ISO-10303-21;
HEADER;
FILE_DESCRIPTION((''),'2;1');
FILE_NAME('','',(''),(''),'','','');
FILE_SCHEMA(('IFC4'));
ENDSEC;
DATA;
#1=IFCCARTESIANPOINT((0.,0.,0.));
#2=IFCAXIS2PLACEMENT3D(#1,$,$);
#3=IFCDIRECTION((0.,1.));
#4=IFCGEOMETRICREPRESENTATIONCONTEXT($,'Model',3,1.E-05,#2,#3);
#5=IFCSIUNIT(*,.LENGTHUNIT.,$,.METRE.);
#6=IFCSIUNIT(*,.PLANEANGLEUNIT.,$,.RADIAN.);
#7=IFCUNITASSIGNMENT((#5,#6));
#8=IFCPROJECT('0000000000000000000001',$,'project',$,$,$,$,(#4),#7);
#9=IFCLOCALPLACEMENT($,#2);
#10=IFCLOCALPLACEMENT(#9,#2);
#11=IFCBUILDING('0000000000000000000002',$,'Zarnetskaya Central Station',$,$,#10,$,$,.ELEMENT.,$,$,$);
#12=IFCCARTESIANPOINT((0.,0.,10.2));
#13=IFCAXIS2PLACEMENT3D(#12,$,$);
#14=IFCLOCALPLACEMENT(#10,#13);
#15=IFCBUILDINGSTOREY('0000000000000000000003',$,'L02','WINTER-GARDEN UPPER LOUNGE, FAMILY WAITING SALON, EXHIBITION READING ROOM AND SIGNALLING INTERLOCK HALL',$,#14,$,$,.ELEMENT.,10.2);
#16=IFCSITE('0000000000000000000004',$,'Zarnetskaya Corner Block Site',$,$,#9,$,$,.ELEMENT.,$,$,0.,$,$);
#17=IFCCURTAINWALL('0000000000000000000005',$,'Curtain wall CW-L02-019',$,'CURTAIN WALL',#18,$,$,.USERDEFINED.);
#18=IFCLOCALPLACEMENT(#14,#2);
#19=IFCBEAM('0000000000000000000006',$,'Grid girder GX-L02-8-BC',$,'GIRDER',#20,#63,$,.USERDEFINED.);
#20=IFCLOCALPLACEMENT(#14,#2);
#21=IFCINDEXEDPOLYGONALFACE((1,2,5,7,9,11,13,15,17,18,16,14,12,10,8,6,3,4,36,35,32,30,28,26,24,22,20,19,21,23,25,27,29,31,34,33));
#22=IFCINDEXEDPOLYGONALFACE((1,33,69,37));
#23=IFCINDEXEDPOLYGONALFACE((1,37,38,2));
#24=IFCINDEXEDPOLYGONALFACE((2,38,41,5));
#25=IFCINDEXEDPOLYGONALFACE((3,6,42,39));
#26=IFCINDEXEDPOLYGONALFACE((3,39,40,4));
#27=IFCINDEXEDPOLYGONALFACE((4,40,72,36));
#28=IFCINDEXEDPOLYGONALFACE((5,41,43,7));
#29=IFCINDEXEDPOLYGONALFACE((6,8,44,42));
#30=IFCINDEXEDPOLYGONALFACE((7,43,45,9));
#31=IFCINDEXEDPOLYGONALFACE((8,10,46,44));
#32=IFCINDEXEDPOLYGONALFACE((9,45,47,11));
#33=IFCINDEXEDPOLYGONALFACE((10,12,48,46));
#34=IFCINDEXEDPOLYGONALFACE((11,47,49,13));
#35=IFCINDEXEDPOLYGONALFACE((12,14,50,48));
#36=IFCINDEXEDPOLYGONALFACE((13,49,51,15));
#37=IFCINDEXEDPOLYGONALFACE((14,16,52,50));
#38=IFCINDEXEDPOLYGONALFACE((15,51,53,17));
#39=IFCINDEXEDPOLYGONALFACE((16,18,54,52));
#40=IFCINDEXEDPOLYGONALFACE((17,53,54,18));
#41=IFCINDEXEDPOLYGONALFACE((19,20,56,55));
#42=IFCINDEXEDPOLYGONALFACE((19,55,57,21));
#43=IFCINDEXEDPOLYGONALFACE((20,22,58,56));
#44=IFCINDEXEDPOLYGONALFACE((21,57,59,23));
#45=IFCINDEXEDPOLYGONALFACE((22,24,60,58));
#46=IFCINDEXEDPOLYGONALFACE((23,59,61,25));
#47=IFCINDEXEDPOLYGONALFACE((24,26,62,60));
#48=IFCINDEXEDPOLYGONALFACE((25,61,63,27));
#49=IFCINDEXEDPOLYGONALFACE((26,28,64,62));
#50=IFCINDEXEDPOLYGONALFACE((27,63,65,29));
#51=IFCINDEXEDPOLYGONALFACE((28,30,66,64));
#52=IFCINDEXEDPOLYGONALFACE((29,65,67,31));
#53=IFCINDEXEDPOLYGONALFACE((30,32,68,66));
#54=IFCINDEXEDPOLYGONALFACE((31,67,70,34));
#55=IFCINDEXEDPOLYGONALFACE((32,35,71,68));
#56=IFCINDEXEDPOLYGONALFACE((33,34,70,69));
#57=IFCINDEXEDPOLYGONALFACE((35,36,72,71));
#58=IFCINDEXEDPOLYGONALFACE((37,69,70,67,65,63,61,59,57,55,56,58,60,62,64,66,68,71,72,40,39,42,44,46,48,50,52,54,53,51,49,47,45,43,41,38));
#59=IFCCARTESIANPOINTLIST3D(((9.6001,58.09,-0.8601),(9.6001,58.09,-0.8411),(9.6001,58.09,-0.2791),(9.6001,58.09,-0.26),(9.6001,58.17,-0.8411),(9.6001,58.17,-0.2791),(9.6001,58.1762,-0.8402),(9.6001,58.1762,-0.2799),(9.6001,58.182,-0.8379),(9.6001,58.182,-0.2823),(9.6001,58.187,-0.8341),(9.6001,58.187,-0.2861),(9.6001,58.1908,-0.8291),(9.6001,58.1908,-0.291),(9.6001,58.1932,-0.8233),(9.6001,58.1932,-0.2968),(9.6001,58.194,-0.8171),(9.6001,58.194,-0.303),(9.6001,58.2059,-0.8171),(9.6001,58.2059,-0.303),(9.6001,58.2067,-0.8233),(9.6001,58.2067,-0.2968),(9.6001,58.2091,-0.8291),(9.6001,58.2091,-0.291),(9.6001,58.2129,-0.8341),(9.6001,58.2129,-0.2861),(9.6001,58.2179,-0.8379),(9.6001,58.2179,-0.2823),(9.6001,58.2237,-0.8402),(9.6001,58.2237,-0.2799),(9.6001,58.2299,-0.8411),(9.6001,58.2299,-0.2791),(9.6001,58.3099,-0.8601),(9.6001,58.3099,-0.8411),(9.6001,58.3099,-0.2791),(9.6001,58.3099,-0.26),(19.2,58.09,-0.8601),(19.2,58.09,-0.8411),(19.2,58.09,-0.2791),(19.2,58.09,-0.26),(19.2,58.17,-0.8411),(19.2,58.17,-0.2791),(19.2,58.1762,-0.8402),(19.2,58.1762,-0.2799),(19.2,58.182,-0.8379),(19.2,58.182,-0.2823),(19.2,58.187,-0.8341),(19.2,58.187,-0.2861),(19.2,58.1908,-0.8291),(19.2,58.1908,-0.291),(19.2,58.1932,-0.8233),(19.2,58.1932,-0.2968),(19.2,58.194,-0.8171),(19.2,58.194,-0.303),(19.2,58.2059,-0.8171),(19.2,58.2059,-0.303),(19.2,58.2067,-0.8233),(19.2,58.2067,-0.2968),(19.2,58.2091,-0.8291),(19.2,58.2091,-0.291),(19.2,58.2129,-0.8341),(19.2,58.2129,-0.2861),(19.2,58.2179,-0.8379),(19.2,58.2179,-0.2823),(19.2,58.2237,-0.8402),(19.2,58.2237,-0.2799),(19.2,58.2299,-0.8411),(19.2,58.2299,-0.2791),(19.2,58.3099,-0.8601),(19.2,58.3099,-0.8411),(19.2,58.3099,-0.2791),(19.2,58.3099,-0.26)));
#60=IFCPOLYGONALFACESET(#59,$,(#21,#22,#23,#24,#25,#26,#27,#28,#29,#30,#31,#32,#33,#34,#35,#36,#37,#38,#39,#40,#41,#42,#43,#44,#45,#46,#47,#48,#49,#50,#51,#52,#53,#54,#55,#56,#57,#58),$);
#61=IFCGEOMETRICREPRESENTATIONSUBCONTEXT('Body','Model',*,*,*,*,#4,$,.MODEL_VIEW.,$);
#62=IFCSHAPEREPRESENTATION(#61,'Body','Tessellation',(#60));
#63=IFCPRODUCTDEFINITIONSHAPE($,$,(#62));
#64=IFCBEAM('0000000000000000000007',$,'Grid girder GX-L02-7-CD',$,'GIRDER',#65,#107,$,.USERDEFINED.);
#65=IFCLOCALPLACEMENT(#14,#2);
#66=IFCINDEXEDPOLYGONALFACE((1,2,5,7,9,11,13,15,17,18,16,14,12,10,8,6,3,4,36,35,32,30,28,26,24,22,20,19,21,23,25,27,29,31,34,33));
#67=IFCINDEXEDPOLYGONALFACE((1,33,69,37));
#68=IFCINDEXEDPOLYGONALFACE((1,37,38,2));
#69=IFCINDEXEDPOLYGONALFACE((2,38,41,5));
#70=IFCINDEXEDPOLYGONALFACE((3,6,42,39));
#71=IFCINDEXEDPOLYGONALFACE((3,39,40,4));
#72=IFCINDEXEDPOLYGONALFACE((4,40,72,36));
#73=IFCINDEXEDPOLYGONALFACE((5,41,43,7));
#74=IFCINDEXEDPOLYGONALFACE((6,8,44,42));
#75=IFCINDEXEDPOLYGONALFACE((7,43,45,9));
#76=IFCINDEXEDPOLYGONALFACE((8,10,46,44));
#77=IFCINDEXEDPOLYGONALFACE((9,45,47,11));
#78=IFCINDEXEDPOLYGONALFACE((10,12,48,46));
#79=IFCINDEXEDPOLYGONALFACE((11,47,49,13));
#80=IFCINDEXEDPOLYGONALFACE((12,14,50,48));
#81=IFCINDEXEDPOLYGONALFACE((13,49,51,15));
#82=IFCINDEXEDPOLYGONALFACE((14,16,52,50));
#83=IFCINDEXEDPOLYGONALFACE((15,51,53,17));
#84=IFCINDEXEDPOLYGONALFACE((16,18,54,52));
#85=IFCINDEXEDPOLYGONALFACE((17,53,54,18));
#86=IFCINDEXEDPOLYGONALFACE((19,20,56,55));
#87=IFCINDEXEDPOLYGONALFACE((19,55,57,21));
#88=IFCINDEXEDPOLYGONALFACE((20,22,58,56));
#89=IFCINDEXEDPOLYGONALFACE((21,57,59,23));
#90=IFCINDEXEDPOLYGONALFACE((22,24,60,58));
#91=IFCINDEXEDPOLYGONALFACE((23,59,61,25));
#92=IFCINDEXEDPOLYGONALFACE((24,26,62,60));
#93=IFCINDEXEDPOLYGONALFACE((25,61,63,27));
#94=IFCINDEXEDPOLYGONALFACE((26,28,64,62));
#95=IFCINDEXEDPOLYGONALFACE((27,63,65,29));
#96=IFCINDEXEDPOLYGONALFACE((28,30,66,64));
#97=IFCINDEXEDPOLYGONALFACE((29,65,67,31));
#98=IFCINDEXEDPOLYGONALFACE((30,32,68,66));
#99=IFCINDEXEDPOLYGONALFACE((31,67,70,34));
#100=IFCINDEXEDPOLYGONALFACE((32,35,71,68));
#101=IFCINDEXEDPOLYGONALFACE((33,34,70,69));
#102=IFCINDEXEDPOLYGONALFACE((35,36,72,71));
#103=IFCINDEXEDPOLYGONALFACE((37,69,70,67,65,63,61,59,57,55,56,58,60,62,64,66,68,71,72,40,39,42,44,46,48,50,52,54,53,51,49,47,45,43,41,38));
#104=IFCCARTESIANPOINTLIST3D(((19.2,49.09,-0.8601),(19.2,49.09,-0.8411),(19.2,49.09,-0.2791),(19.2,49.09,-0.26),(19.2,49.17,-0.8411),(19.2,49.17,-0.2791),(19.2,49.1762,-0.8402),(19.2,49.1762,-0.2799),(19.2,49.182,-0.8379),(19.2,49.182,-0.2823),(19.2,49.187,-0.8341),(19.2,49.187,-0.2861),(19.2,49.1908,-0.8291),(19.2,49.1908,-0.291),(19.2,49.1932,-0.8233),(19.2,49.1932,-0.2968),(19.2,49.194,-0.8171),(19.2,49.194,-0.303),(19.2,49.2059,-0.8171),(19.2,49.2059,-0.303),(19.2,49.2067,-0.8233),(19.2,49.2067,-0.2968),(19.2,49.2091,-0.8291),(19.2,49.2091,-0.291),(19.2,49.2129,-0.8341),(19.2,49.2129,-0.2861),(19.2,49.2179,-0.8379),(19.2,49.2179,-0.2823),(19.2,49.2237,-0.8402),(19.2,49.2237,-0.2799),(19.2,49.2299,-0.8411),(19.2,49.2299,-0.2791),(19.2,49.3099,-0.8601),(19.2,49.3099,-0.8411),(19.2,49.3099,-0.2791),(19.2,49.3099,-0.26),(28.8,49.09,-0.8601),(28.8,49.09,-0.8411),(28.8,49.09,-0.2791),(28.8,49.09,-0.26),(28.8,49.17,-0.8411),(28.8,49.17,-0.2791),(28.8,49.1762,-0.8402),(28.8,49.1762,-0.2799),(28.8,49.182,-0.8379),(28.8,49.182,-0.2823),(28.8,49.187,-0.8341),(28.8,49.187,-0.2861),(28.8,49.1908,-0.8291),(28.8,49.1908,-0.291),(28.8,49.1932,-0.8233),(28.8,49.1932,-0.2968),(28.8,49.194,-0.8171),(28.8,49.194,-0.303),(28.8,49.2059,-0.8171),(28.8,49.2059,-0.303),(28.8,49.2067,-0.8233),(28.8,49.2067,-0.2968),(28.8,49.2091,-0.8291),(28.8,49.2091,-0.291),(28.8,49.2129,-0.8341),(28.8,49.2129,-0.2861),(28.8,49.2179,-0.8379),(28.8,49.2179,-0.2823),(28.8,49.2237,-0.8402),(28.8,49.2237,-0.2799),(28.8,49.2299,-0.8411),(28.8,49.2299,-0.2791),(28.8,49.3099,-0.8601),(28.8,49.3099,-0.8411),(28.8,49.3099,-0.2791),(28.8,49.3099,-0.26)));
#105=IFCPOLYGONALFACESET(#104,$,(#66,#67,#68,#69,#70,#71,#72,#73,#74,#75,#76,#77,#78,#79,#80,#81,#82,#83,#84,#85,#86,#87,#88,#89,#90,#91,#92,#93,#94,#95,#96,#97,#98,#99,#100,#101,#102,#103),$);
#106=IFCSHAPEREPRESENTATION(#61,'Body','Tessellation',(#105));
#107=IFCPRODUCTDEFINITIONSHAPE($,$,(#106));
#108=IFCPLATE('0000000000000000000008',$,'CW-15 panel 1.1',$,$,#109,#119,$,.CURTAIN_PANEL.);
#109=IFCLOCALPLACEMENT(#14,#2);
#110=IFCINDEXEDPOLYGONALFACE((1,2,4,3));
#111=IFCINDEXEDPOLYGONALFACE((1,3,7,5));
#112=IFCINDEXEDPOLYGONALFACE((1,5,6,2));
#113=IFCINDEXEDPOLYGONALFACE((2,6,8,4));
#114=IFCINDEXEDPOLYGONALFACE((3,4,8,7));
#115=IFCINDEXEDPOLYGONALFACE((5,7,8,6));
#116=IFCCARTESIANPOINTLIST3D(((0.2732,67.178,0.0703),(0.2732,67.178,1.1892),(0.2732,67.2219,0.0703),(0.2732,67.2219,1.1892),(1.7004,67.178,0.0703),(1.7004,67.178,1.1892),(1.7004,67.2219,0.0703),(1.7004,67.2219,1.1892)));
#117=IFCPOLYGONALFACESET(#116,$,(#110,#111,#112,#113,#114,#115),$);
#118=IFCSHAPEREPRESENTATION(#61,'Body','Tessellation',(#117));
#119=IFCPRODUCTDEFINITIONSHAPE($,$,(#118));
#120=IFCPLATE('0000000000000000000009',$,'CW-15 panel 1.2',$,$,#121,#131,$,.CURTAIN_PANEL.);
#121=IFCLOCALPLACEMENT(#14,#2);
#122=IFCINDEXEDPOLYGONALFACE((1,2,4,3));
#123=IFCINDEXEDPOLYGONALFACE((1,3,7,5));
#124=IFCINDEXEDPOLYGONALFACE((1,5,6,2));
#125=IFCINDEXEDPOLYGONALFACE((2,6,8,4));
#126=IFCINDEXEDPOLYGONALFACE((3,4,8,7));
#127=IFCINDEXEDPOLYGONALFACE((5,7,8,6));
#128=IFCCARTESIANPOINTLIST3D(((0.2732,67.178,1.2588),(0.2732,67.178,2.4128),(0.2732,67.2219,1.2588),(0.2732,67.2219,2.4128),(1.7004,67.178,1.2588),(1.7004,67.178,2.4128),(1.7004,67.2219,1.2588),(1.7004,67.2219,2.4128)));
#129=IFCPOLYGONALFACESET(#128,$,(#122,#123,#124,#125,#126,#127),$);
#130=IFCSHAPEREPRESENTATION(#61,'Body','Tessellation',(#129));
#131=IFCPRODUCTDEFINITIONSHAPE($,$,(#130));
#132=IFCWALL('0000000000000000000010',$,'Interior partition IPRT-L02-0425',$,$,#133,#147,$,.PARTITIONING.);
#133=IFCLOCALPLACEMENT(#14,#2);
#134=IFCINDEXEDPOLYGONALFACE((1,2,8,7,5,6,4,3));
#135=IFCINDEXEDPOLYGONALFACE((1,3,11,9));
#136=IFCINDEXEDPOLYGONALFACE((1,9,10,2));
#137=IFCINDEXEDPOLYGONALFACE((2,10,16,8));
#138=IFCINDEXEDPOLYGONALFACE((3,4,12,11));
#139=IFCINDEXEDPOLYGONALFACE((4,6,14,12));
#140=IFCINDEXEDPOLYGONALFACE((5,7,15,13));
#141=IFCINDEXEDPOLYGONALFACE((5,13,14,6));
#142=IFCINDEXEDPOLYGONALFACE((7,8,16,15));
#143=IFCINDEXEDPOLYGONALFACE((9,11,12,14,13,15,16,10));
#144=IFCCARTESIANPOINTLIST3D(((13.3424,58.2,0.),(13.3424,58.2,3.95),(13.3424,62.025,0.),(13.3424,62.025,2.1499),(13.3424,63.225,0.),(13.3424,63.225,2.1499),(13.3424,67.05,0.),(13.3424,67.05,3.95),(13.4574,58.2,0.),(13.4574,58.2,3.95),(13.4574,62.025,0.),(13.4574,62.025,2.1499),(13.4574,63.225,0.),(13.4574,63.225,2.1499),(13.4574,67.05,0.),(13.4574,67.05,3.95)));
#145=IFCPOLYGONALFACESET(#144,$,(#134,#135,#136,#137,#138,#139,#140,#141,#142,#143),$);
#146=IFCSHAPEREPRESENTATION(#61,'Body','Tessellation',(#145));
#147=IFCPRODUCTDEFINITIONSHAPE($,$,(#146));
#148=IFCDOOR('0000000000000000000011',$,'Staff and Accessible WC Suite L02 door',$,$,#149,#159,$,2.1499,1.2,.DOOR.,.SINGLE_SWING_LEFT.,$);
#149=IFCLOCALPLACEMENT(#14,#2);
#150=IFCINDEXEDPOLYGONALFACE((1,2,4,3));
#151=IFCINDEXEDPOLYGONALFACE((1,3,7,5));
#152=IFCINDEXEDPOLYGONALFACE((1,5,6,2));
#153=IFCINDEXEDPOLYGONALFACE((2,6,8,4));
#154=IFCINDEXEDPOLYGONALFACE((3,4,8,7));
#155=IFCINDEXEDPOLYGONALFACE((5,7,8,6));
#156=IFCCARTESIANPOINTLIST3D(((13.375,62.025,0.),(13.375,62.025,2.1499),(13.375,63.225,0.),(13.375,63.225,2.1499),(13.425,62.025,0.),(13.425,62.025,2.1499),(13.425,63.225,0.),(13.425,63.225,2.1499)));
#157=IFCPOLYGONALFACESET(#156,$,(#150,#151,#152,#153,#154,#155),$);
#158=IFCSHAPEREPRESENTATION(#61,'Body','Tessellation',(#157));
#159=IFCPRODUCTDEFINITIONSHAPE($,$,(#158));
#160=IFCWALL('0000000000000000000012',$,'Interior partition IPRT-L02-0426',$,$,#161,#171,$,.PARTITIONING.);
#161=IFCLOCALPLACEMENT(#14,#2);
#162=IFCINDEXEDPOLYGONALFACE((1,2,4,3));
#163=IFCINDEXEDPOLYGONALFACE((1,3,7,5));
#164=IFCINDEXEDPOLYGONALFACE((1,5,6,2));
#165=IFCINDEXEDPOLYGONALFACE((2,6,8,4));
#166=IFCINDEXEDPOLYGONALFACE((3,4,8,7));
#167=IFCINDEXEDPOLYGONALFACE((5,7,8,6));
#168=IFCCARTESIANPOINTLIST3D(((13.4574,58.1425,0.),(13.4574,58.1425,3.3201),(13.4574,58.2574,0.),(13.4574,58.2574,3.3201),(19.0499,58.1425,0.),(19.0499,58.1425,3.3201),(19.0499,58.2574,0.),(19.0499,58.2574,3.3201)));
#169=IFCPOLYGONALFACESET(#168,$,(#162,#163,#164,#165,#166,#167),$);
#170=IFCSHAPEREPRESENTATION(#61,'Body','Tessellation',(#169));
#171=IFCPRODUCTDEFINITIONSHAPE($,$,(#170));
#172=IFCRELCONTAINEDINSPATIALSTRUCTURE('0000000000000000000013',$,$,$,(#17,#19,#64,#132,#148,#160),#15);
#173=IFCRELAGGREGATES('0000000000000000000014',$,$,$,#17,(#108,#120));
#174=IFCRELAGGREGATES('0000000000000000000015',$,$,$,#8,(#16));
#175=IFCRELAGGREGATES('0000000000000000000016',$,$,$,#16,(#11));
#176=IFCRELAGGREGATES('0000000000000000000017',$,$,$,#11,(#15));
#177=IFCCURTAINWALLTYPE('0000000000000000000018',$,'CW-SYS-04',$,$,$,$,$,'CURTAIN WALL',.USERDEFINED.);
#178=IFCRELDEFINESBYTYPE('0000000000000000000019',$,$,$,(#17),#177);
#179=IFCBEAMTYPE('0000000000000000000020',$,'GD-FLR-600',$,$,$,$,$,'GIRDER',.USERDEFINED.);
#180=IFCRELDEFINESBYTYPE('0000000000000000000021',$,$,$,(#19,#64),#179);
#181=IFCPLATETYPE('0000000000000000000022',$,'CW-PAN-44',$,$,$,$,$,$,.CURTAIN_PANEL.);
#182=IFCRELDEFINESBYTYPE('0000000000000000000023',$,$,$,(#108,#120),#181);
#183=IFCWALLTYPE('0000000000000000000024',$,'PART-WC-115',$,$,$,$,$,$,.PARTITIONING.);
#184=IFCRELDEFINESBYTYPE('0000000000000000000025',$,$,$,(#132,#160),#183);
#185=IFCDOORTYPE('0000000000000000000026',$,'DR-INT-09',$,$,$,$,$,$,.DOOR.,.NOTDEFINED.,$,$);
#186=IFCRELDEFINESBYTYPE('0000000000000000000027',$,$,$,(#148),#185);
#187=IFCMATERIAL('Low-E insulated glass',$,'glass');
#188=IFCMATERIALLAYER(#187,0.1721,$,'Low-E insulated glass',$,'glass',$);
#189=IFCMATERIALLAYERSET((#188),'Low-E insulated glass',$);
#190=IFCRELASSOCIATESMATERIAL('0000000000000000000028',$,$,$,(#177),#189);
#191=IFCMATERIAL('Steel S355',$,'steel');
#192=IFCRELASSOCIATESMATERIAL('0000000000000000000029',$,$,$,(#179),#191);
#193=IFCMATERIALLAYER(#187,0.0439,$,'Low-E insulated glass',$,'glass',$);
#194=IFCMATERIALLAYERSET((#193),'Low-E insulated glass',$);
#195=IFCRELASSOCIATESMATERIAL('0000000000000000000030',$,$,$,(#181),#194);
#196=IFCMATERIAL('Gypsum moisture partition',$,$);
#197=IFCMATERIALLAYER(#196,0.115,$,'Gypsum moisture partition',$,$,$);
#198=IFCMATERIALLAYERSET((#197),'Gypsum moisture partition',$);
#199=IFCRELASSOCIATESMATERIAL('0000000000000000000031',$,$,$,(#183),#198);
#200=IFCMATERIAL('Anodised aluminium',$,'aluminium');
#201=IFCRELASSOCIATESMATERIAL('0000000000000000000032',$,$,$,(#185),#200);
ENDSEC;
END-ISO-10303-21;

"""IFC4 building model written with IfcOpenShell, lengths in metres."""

from ifc_helpers import new_model, si_unit, direction, frame, frame_2d, origin, origin_2d, place, context, subcontext, project, spatial, rectangle, i_section, extrude, material, layer, layer_set, material_profile, profile_set, type_object, element, fill, aggregate, save


model = new_model("IFC4")

# Units and contexts
model_context = context("Model", 3, precision=1e-05, world=origin(), true_north=direction((0.0, 1.0)))
body_context = subcontext(model_context, "Body", "Model", "MODEL_VIEW")
ifc_project = project(units=[si_unit("LENGTHUNIT", "METRE"), si_unit("PLANEANGLEUNIT", "RADIAN")], contexts=[model_context])

# Site, building, storey
site_placement = place(None, origin())
site = spatial("IfcSite", under=ifc_project, at=site_placement, Name="Zarnetskaya Corner Block Site", CompositionType="ELEMENT", RefElevation=0.0)
building_placement = place(site_placement, origin())
building = spatial("IfcBuilding", under=site, at=building_placement, Name="Zarnetskaya Central Station", CompositionType="ELEMENT")
storey_placement = place(building_placement, frame((0.0, 0.0, 10.2)))
storey = spatial("IfcBuildingStorey", under=building, at=storey_placement, Name="L02", Description="WINTER-GARDEN UPPER LOUNGE, FAMILY WAITING SALON, EXHIBITION READING ROOM AND SIGNALLING INTERLOCK HALL", CompositionType="ELEMENT", Elevation=10.2)

# Shared definitions
ifc_material_1 = material(Name="Steel S355", Category="steel")

# Curtain wall
ifc_material_2 = material(Name="Low-E insulated glass", Category="glass")
ifc_layer_1 = layer(ifc_material_2, 0.1721, Name="Low-E insulated glass", Category="glass")
ifc_layer_set_1 = layer_set([ifc_layer_1], Name="Low-E insulated glass")
curtain_wall_type = type_object("IfcCurtainWallType", Name="CW-SYS-04", ElementType="CURTAIN WALL", PredefinedType="USERDEFINED", material=ifc_layer_set_1)
curtain_wall_placement = place(storey_placement, origin())
curtain_wall = element("IfcCurtainWall", 1, at=curtain_wall_placement, inside=storey, type_object=curtain_wall_type, Name="Curtain wall CW-L02-019", ObjectType="CURTAIN WALL", PredefinedType="USERDEFINED")
ifc_material_3 = material(Name="Anodised aluminium", Category="aluminium")

# Beams
ifc_material_profile_1 = material_profile(ifc_material_1, i_section(OverallWidth=0.22, OverallDepth=0.6001, WebThickness=0.012, FlangeThickness=0.019, FilletRadius=0.0239, at=origin_2d()), Name="IPE 600")
ifc_profile_set_1 = profile_set([ifc_material_profile_1], Name="Steel S355")
beam_type_1 = type_object("IfcBeamType", Name="GD-FLR-600", ElementType="GIRDER", PredefinedType="USERDEFINED", material=ifc_profile_set_1)
for number, where, z_axis, x_axis, name in (
    (2, (9.6001, 58.2, -0.5601), (1.0, 0.0, 0.0), (0.0, 1.0, 0.0), "Grid girder GX-L02-8-BC"),
):
    element("IfcBeam", number, at=place(storey_placement, frame(where, z_axis=z_axis, x_axis=x_axis)), inside=storey, type_object=beam_type_1, Name=name, ObjectType="GIRDER", PredefinedType="USERDEFINED", context=body_context, shape_type="SweptSolid", body=[
        extrude(i_section(OverallWidth=0.22, OverallDepth=0.6001, WebThickness=0.012, FlangeThickness=0.019, FilletRadius=0.0239, at=origin_2d()), origin(), (0.0, 0.0, 1.0), 9.5999),
    ])
beam_placement = place(storey_placement, frame((19.2, 49.2, -0.5601), z_axis=(1.0, 0.0, 0.0), x_axis=(0.0, 1.0, 0.0)))
element("IfcBeam", 3, at=beam_placement, inside=storey, type_object=beam_type_1, Name="Grid girder GX-L02-7-CD", ObjectType="GIRDER", PredefinedType="USERDEFINED", context=body_context, shape_type="SweptSolid", body=[
    extrude(i_section(OverallWidth=0.22, OverallDepth=0.6001, WebThickness=0.012, FlangeThickness=0.019, FilletRadius=0.0239, at=origin_2d()), origin(), (0.0, 0.0, 1.0), 9.6001),
])

# Plates
ifc_layer_2 = layer(ifc_material_2, 0.0439, Name="Low-E insulated glass", Category="glass")
ifc_layer_set_2 = layer_set([ifc_layer_2], Name="Low-E insulated glass")
plate_type = type_object("IfcPlateType", Name="CW-PAN-44", PredefinedType="CURTAIN_PANEL", material=ifc_layer_set_2)
plate_1_placement = place(storey_placement, frame((0.9868, 67.2, 0.0703), z_axis=(0.0, 0.0, 1.0), x_axis=(1.0, 0.0, 0.0)))
plate_1 = element("IfcPlate", 4, at=plate_1_placement, type_object=plate_type, Name="CW-15 panel 1.1", PredefinedType="CURTAIN_PANEL", context=body_context, shape_type="SweptSolid", body=[
    extrude(rectangle(XDim=1.4272, YDim=0.0439, at=origin_2d()), origin(), (0.0, 0.0, 1.0), 1.1189),
])
plate_2_placement = place(storey_placement, frame((0.9868, 67.2, 1.2588), z_axis=(0.0, 0.0, 1.0), x_axis=(1.0, 0.0, 0.0)))
plate_2 = element("IfcPlate", 5, at=plate_2_placement, type_object=plate_type, Name="CW-15 panel 1.2", PredefinedType="CURTAIN_PANEL", context=body_context, shape_type="SweptSolid", body=[
    extrude(rectangle(XDim=1.4272, YDim=0.0439, at=origin_2d()), origin(), (0.0, 0.0, 1.0), 1.1541),
])
aggregate(curtain_wall, [plate_1, plate_2])

# Wall, opening, door
ifc_material_4 = material(Name="Gypsum moisture partition")
ifc_layer_3 = layer(ifc_material_4, 0.115, Name="Gypsum moisture partition")
ifc_layer_set_3 = layer_set([ifc_layer_3], Name="Gypsum moisture partition")
wall_type = type_object("IfcWallType", Name="PART-WC-115", PredefinedType="PARTITIONING", material=ifc_layer_set_3)
wall_1_placement = place(storey_placement, frame((13.3999, 58.2, 0.0), z_axis=(0.0, 0.0, 1.0), x_axis=(0.0, 1.0, 0.0)))
wall_1 = element("IfcWall", 6, at=wall_1_placement, inside=storey, type_object=wall_type, Name="Interior partition IPRT-L02-0425", PredefinedType="PARTITIONING", context=body_context, shape_type="SweptSolid", body=[
    extrude(rectangle(XDim=8.8501, YDim=0.115, at=frame_2d((4.425, 0.0))), origin(), (0.0, 0.0, 1.0), 3.95),
])
opening_placement = place(wall_1_placement, frame((3.825, 0.0, 0.0)))
opening = element("IfcOpeningElement", 7, at=opening_placement, cuts=wall_1, PredefinedType="OPENING", context=body_context, shape_type="SweptSolid", body=[
    extrude(rectangle(XDim=1.2, YDim=2.1499, at=frame_2d((0.6001, 1.075))), frame((0.0, 0.0674, 0.0), z_axis=(0.0, -1.0, 0.0), x_axis=(1.0, 0.0, 0.0)), (0.0, 0.0, 1.0), 0.135),
])
door_type = type_object("IfcDoorType", Name="DR-INT-09", OperationType="NOTDEFINED", PredefinedType="DOOR", material=ifc_material_3)
door_placement = place(opening_placement, origin())
door = element("IfcDoor", 8, at=door_placement, inside=storey, type_object=door_type, Name="Staff and Accessible WC Suite L02 door", OperationType="SINGLE_SWING_LEFT", OverallHeight=2.1499, OverallWidth=1.2, PredefinedType="DOOR", context=body_context, shape_type="SweptSolid", body=[
    extrude(rectangle(XDim=1.2, YDim=2.1499, at=frame_2d((0.6001, 1.075))), frame((0.0, 0.0249, 0.0), z_axis=(0.0, -1.0, 0.0), x_axis=(1.0, 0.0, 0.0)), (0.0, 0.0, 1.0), 0.05),
])
fill(opening, door)

# Wall
wall_2_placement = place(storey_placement, frame((19.05, 58.2, 0.0), z_axis=(0.0, 0.0, 1.0), x_axis=(-1.0, 0.0, 0.0)))
element("IfcWall", 9, at=wall_2_placement, inside=storey, type_object=wall_type, Name="Interior partition IPRT-L02-0426", PredefinedType="PARTITIONING", context=body_context, shape_type="SweptSolid", body=[
    extrude(rectangle(XDim=5.5925, YDim=0.115, at=frame_2d((2.7964, 0.0))), origin(), (0.0, 0.0, 1.0), 3.3201),
])

save(model, "model.ifc")
